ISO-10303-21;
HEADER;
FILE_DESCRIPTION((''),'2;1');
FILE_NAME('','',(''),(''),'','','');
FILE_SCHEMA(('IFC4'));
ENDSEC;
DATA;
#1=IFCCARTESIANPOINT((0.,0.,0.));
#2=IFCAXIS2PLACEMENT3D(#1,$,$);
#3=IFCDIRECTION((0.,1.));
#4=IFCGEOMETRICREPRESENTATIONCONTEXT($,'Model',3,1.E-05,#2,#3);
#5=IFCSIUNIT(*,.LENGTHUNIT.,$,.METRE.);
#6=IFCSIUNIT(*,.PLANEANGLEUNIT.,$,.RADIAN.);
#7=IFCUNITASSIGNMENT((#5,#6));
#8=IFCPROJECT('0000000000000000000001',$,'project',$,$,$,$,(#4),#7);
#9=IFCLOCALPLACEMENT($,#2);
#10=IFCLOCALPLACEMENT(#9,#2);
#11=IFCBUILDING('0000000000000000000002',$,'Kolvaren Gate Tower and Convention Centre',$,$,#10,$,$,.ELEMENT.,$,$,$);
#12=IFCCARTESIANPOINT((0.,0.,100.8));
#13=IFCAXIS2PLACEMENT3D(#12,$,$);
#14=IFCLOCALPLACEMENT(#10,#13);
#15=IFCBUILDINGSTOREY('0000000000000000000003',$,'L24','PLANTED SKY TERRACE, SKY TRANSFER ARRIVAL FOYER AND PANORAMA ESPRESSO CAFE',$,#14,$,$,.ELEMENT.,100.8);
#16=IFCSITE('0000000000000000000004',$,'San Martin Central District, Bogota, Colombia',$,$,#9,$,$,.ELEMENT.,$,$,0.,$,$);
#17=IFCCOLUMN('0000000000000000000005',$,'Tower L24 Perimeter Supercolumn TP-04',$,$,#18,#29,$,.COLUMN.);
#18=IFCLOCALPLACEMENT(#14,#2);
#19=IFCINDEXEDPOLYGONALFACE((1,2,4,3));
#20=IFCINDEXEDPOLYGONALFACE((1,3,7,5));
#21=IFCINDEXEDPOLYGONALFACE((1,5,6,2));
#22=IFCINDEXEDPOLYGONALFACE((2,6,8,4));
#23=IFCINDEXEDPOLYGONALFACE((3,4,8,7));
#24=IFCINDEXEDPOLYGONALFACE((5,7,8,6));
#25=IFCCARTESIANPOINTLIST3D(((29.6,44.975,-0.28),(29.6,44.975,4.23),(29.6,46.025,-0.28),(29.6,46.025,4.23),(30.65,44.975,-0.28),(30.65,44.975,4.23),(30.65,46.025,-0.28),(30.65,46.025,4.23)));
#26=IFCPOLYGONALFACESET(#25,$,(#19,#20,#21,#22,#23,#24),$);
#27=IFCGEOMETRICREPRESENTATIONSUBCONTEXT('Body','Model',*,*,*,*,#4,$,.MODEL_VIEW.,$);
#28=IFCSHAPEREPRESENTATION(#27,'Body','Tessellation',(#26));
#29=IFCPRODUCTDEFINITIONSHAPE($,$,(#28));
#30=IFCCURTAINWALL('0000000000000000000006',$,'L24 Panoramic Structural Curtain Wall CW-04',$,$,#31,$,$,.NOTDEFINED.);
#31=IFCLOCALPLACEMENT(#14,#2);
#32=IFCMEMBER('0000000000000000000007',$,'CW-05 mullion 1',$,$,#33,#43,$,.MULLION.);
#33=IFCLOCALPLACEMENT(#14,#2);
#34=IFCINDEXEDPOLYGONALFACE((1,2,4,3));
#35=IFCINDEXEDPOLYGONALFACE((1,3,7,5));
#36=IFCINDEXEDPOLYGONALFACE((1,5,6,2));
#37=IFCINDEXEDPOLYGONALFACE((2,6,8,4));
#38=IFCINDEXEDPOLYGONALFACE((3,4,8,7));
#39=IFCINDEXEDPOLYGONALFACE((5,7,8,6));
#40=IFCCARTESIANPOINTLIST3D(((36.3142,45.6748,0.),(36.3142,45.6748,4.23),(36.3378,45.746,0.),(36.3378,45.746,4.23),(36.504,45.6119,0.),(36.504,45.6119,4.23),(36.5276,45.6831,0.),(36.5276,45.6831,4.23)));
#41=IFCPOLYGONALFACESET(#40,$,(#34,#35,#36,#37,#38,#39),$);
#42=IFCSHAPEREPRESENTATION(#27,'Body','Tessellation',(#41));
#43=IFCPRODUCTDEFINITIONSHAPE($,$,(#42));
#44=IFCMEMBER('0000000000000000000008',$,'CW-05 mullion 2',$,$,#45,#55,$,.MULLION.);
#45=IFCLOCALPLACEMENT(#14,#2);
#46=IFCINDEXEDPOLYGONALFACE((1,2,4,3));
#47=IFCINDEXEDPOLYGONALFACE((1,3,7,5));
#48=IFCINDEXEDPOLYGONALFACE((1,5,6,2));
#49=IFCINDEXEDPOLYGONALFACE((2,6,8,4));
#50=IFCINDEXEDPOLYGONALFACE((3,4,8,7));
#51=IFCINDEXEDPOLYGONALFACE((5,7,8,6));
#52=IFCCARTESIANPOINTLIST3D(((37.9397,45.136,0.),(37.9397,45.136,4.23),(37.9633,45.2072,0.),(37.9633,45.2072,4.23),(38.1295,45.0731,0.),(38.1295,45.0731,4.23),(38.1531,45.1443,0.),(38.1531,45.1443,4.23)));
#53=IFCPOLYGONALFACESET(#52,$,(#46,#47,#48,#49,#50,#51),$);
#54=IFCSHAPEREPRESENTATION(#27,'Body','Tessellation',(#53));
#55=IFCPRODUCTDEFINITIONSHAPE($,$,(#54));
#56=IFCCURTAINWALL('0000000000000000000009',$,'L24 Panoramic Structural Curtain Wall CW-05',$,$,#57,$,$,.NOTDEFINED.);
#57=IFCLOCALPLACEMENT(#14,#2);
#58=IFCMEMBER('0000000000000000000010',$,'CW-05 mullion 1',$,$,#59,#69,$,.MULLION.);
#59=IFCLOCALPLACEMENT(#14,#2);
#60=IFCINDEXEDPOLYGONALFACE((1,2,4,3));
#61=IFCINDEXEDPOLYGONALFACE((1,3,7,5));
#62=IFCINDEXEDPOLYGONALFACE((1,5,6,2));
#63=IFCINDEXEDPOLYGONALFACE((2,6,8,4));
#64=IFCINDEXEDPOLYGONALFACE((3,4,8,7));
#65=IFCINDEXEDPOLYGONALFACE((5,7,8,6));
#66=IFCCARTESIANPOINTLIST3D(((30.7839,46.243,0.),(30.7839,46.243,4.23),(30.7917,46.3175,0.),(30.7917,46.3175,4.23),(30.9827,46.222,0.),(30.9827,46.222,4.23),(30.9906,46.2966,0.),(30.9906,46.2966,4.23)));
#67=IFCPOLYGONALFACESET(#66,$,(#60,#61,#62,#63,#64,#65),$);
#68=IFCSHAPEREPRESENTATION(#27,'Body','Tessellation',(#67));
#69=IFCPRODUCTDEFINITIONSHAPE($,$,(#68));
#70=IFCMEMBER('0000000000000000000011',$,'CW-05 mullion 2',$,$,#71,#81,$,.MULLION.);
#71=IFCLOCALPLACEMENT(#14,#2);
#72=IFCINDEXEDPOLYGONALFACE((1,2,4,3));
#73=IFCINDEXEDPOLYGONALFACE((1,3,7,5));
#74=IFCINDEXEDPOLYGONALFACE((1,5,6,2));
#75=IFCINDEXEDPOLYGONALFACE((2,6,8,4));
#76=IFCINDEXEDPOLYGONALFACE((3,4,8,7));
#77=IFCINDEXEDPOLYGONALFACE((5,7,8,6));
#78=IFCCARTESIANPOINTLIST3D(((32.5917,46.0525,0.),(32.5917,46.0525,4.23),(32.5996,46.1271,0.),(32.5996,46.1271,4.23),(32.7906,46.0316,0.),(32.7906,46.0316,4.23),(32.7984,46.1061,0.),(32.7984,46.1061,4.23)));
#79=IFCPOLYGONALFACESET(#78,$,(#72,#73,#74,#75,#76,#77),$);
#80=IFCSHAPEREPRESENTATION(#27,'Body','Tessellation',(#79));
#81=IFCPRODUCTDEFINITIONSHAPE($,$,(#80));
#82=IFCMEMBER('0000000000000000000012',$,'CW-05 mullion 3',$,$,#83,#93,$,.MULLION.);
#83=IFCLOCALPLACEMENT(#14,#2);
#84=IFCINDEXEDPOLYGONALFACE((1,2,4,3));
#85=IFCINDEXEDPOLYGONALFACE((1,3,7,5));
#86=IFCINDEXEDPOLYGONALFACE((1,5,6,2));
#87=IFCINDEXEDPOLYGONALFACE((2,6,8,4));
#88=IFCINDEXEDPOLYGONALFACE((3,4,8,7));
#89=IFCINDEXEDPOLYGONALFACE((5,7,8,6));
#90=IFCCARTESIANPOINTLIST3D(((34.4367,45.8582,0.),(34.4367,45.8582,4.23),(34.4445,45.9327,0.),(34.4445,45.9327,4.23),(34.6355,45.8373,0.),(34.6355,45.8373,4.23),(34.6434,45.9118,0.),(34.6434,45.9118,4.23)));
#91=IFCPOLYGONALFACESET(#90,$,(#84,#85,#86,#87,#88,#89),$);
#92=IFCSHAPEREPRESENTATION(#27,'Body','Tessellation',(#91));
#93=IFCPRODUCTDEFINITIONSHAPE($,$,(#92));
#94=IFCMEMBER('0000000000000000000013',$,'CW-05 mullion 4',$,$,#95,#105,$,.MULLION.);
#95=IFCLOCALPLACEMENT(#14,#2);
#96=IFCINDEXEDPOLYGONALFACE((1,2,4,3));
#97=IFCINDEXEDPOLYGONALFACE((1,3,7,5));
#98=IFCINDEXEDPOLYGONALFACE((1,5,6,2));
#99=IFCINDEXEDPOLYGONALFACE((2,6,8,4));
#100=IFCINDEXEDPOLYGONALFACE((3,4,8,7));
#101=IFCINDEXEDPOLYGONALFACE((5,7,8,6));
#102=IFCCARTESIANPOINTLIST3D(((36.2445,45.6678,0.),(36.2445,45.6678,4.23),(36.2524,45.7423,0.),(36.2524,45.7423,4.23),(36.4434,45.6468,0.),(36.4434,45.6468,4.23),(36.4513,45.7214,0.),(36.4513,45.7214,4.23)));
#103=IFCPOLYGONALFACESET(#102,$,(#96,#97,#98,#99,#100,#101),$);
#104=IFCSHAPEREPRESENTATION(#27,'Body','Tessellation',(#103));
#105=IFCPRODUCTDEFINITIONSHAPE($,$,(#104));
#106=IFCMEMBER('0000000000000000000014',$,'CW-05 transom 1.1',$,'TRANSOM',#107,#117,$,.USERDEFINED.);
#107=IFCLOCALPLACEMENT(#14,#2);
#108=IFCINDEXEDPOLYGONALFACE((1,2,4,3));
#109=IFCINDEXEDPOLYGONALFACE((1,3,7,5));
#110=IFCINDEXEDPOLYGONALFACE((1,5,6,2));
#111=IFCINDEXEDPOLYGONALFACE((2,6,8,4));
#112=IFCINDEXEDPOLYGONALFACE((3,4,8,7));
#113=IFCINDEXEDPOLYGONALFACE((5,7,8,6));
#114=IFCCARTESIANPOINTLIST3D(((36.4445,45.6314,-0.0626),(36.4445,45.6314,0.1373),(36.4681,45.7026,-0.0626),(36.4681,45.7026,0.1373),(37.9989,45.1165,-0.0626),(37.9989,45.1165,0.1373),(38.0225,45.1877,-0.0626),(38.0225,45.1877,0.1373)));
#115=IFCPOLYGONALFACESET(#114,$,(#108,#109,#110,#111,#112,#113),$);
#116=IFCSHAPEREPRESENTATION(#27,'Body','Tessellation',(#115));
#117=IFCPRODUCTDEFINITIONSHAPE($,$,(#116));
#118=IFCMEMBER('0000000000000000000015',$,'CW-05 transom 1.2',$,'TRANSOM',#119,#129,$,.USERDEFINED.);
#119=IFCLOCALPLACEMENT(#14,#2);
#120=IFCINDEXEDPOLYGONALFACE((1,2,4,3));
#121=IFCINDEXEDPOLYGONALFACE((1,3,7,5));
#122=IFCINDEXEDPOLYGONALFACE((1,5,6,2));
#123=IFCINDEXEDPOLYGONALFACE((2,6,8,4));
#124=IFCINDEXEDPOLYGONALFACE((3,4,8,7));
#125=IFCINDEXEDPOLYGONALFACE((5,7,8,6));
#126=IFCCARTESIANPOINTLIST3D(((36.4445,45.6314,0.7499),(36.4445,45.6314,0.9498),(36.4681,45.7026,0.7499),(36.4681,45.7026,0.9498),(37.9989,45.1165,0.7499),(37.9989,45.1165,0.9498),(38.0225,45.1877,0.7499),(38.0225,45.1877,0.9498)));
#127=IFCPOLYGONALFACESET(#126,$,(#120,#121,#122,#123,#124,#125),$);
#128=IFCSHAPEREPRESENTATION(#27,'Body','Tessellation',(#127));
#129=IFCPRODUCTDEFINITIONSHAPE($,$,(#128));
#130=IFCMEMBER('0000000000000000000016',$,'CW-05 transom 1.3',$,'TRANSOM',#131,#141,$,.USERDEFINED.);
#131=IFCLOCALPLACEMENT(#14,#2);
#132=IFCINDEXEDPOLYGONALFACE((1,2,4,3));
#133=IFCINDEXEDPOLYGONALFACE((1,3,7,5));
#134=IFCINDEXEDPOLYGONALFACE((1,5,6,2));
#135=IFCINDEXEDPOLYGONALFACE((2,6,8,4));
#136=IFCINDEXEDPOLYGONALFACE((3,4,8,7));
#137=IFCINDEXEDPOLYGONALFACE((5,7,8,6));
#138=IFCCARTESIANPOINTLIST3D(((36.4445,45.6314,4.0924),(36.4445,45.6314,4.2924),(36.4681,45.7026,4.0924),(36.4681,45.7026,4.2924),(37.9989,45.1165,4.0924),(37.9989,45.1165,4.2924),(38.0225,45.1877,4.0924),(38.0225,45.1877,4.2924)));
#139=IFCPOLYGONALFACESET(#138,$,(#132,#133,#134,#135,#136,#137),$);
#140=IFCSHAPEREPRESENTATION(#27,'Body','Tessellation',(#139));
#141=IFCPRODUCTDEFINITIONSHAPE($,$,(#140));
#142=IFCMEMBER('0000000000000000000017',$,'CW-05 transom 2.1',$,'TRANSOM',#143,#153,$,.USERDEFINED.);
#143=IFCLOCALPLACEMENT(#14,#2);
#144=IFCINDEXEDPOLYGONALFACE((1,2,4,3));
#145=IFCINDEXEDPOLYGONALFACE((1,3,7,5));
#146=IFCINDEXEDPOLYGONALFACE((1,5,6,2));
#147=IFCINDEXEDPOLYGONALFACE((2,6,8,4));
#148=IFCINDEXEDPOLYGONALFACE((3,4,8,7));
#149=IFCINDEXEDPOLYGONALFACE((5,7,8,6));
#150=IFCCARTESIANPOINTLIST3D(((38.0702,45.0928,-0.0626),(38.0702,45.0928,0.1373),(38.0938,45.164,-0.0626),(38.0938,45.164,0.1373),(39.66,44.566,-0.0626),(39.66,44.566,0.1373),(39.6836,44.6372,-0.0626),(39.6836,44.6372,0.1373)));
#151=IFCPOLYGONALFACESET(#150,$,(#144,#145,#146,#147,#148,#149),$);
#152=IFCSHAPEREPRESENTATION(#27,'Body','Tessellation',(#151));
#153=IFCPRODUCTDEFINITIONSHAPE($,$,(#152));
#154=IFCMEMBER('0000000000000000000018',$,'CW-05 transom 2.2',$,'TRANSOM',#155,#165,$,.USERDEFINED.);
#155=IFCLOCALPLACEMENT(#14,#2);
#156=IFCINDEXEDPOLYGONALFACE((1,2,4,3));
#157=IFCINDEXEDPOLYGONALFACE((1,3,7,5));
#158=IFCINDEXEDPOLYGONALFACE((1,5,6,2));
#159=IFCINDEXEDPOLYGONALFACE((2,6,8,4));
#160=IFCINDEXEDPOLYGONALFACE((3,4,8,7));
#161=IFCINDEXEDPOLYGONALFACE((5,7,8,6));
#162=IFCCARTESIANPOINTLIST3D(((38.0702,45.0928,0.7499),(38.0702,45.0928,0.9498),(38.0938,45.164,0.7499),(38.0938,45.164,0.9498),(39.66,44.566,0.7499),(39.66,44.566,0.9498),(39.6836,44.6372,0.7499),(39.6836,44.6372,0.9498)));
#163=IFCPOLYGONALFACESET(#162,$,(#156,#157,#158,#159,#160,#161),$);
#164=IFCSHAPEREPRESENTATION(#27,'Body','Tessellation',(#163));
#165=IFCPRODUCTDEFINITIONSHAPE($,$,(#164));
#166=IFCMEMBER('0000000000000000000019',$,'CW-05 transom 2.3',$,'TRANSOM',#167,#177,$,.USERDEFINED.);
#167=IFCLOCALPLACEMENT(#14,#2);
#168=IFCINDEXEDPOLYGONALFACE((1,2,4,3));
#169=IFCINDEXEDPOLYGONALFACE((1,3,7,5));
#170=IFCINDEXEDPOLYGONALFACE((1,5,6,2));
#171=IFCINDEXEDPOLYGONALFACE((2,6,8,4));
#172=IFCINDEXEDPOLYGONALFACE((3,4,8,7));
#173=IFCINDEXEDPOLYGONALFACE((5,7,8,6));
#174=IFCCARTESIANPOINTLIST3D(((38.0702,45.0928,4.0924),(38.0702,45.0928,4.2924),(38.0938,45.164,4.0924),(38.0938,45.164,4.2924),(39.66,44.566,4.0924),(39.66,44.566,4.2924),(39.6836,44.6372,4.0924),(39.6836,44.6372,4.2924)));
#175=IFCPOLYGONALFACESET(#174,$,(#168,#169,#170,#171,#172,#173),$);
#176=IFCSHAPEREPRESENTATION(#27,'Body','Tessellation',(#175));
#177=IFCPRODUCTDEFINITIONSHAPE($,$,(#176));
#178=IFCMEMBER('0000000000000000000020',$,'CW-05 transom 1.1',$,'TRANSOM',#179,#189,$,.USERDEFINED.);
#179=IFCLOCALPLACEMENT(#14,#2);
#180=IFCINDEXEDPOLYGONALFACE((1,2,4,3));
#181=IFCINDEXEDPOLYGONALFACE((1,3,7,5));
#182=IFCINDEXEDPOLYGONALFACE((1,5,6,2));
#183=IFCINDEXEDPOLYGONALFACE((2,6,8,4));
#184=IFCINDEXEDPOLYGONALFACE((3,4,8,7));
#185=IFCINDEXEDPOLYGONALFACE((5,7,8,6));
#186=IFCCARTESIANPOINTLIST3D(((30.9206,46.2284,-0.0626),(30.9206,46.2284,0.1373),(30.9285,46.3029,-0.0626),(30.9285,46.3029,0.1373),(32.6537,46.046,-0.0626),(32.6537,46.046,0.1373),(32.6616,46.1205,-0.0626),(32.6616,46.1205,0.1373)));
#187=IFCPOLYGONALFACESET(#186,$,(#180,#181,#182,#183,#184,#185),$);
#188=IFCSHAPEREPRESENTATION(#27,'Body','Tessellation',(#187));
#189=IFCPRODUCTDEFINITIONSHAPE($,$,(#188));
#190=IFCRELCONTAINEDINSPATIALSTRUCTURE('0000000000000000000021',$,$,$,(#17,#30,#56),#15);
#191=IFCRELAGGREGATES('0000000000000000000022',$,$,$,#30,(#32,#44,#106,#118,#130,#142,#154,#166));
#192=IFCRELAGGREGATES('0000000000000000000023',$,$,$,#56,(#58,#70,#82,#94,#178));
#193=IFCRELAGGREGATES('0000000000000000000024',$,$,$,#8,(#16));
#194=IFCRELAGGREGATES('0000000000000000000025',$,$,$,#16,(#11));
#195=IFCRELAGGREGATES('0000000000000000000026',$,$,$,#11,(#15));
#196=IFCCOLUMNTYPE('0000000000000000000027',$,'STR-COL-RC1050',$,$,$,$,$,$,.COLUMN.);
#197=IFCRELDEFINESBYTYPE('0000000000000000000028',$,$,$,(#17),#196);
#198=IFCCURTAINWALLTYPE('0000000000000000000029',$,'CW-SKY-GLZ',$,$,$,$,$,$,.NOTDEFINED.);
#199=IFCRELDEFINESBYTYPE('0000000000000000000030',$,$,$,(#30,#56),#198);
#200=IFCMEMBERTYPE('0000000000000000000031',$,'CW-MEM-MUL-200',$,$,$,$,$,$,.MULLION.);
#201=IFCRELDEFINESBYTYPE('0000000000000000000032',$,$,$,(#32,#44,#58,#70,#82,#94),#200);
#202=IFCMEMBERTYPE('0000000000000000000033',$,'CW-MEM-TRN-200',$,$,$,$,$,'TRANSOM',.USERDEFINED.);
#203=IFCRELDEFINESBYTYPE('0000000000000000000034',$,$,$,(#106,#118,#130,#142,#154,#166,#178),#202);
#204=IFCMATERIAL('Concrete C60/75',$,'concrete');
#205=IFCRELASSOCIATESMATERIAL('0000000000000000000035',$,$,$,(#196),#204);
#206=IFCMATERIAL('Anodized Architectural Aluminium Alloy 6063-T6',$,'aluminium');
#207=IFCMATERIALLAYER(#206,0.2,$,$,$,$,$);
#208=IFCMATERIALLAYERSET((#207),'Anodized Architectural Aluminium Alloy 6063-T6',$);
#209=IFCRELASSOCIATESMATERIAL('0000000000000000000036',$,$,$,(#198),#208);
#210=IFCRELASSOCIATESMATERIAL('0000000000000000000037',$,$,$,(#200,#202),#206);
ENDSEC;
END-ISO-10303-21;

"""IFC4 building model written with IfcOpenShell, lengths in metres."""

from ifc_helpers import new_model, si_unit, direction, frame, origin, origin_2d, place, context, subcontext, project, spatial, rectangle, extrude, material, layer, layer_set, material_profile, profile_set, type_object, element, aggregate, save


model = new_model("IFC4")

# Units and contexts
model_context = context("Model", 3, precision=1e-05, world=origin(), true_north=direction((0.0, 1.0)))
body_context = subcontext(model_context, "Body", "Model", "MODEL_VIEW")
ifc_project = project(units=[si_unit("LENGTHUNIT", "METRE"), si_unit("PLANEANGLEUNIT", "RADIAN")], contexts=[model_context])

# Site, building, storey
site_placement = place(None, origin())
site = spatial("IfcSite", under=ifc_project, at=site_placement, Name="San Martin Central District, Bogota, Colombia", CompositionType="ELEMENT", RefElevation=0.0)
building_placement = place(site_placement, origin())
building = spatial("IfcBuilding", under=site, at=building_placement, Name="Kolvaren Gate Tower and Convention Centre", CompositionType="ELEMENT")
storey_placement = place(building_placement, frame((0.0, 0.0, 100.8)))
storey = spatial("IfcBuildingStorey", under=building, at=storey_placement, Name="L24", Description="PLANTED SKY TERRACE, SKY TRANSFER ARRIVAL FOYER AND PANORAMA ESPRESSO CAFE", CompositionType="ELEMENT", Elevation=100.8)

# Column
ifc_material_1 = material(Name="Concrete C60/75", Category="concrete")
ifc_material_profile_1 = material_profile(ifc_material_1, rectangle(XDim=1.05, YDim=1.05, at=origin_2d()), Name="RC-COL-1050X1050")
ifc_profile_set_1 = profile_set([ifc_material_profile_1], Name="Concrete C60/75")
column_type = type_object("IfcColumnType", Name="STR-COL-RC1050", PredefinedType="COLUMN", material=ifc_profile_set_1)
column_placement = place(storey_placement, frame((30.125, 45.5, -0.28), z_axis=(0.0, 0.0, 1.0), x_axis=(1.0, 0.0, 0.0)))
element("IfcColumn", 1, at=column_placement, inside=storey, type_object=column_type, Name="Tower L24 Perimeter Supercolumn TP-04", PredefinedType="COLUMN", context=body_context, shape_type="SweptSolid", body=[
    extrude(rectangle(XDim=1.05, YDim=1.05, at=origin_2d()), origin(), (0.0, 0.0, 1.0), 4.51),
])

# Curtain walls, members
ifc_material_2 = material(Name="Anodized Architectural Aluminium Alloy 6063-T6", Category="aluminium")
ifc_layer_1 = layer(ifc_material_2, 0.2)
ifc_layer_set_1 = layer_set([ifc_layer_1], Name="Anodized Architectural Aluminium Alloy 6063-T6")
curtain_wall_type = type_object("IfcCurtainWallType", Name="CW-SKY-GLZ", PredefinedType="NOTDEFINED", material=ifc_layer_set_1)
curtain_wall_1_placement = place(storey_placement, origin())
curtain_wall_1 = element("IfcCurtainWall", 2, at=curtain_wall_1_placement, inside=storey, type_object=curtain_wall_type, Name="L24 Panoramic Structural Curtain Wall CW-04", PredefinedType="NOTDEFINED")
ifc_material_profile_2 = material_profile(ifc_material_2, rectangle(XDim=0.075, YDim=0.2, at=origin_2d()), Name="CW-MEM-MUL-200")
ifc_profile_set_2 = profile_set([ifc_material_profile_2], Name="Anodized Architectural Aluminium Alloy 6063-T6")
member_type_1 = type_object("IfcMemberType", Name="CW-MEM-MUL-200", PredefinedType="MULLION", material=ifc_profile_set_2)
member_1_placement = place(storey_placement, frame((36.4209, 45.679, 0.0), z_axis=(0.0, 0.0, 1.0), x_axis=(0.314553, 0.94924, 0.0)))
member_1 = element("IfcMember", 3, at=member_1_placement, type_object=member_type_1, Name="CW-05 mullion 1", PredefinedType="MULLION", context=body_context, shape_type="SweptSolid", body=[
    extrude(rectangle(XDim=0.075, YDim=0.2, at=origin_2d()), origin(), (0.0, 0.0, 1.0), 4.23),
])
member_2_placement = place(storey_placement, frame((38.0464, 45.1401, 0.0), z_axis=(0.0, 0.0, 1.0), x_axis=(0.314553, 0.94924, 0.0)))
member_2 = element("IfcMember", 4, at=member_2_placement, type_object=member_type_1, Name="CW-05 mullion 2", PredefinedType="MULLION", context=body_context, shape_type="SweptSolid", body=[
    extrude(rectangle(XDim=0.075, YDim=0.2, at=origin_2d()), origin(), (0.0, 0.0, 1.0), 4.23),
])
curtain_wall_2_placement = place(storey_placement, origin())
curtain_wall_2 = element("IfcCurtainWall", 5, at=curtain_wall_2_placement, inside=storey, type_object=curtain_wall_type, Name="L24 Panoramic Structural Curtain Wall CW-05", PredefinedType="NOTDEFINED")
member_3_placement = place(storey_placement, frame((30.8872, 46.2698, 0.0), z_axis=(0.0, 0.0, 1.0), x_axis=(0.104729, 0.994501, 0.0)))
member_3 = element("IfcMember", 6, at=member_3_placement, type_object=member_type_1, Name="CW-05 mullion 1", PredefinedType="MULLION", context=body_context, shape_type="SweptSolid", body=[
    extrude(rectangle(XDim=0.075, YDim=0.2, at=origin_2d()), origin(), (0.0, 0.0, 1.0), 4.23),
])
member_4_placement = place(storey_placement, frame((32.6951, 46.0793, 0.0), z_axis=(0.0, 0.0, 1.0), x_axis=(0.104729, 0.994501, 0.0)))
member_4 = element("IfcMember", 7, at=member_4_placement, type_object=member_type_1, Name="CW-05 mullion 2", PredefinedType="MULLION", context=body_context, shape_type="SweptSolid", body=[
    extrude(rectangle(XDim=0.075, YDim=0.2, at=origin_2d()), origin(), (0.0, 0.0, 1.0), 4.23),
])
member_5_placement = place(storey_placement, frame((34.54, 45.885, 0.0), z_axis=(0.0, 0.0, 1.0), x_axis=(0.104729, 0.994501, 0.0)))
member_5 = element("IfcMember", 8, at=member_5_placement, type_object=member_type_1, Name="CW-05 mullion 3", PredefinedType="MULLION", context=body_context, shape_type="SweptSolid", body=[
    extrude(rectangle(XDim=0.075, YDim=0.2, at=origin_2d()), origin(), (0.0, 0.0, 1.0), 4.23),
])
member_6_placement = place(storey_placement, frame((36.3479, 45.6946, 0.0), z_axis=(0.0, 0.0, 1.0), x_axis=(0.104729, 0.994501, 0.0)))
member_6 = element("IfcMember", 9, at=member_6_placement, type_object=member_type_1, Name="CW-05 mullion 4", PredefinedType="MULLION", context=body_context, shape_type="SweptSolid", body=[
    extrude(rectangle(XDim=0.075, YDim=0.2, at=origin_2d()), origin(), (0.0, 0.0, 1.0), 4.23),
])

# Members
ifc_material_profile_3 = material_profile(ifc_material_2, rectangle(XDim=0.075, YDim=0.2, at=origin_2d()), Name="CW-MEM-TRN-200")
ifc_profile_set_3 = profile_set([ifc_material_profile_3], Name="Anodized Architectural Aluminium Alloy 6063-T6")
member_type_2 = type_object("IfcMemberType", Name="CW-MEM-TRN-200", ElementType="TRANSOM", PredefinedType="USERDEFINED", material=ifc_profile_set_3)
member_7_placement = place(storey_placement, frame((36.4563, 45.667, 0.0374), z_axis=(0.949278, -0.314438, 0.0), x_axis=(0.314438, 0.949278, 0.0)))
member_7 = element("IfcMember", 10, at=member_7_placement, type_object=member_type_2, Name="CW-05 transom 1.1", ObjectType="TRANSOM", PredefinedType="USERDEFINED", context=body_context, shape_type="SweptSolid", body=[
    extrude(rectangle(XDim=0.075, YDim=0.2, at=origin_2d()), origin(), (0.0, 0.0, 1.0), 1.6375),
])
member_8_placement = place(storey_placement, frame((36.4563, 45.667, 0.8499), z_axis=(0.949278, -0.314438, 0.0), x_axis=(0.314438, 0.949278, 0.0)))
member_8 = element("IfcMember", 11, at=member_8_placement, type_object=member_type_2, Name="CW-05 transom 1.2", ObjectType="TRANSOM", PredefinedType="USERDEFINED", context=body_context, shape_type="SweptSolid", body=[
    extrude(rectangle(XDim=0.075, YDim=0.2, at=origin_2d()), origin(), (0.0, 0.0, 1.0), 1.6375),
])
member_9_placement = place(storey_placement, frame((36.4563, 45.667, 4.1924), z_axis=(0.949278, -0.314438, 0.0), x_axis=(0.314438, 0.949278, 0.0)))
member_9 = element("IfcMember", 12, at=member_9_placement, type_object=member_type_2, Name="CW-05 transom 1.3", ObjectType="TRANSOM", PredefinedType="USERDEFINED", context=body_context, shape_type="SweptSolid", body=[
    extrude(rectangle(XDim=0.075, YDim=0.2, at=origin_2d()), origin(), (0.0, 0.0, 1.0), 1.6375),
])
member_10_placement = place(storey_placement, frame((38.082, 45.1284, 0.0374), z_axis=(0.949236, -0.314566, 0.0), x_axis=(0.314566, 0.949236, 0.0)))
member_10 = element("IfcMember", 13, at=member_10_placement, type_object=member_type_2, Name="CW-05 transom 2.1", ObjectType="TRANSOM", PredefinedType="USERDEFINED", context=body_context, shape_type="SweptSolid", body=[
    extrude(rectangle(XDim=0.075, YDim=0.2, at=origin_2d()), origin(), (0.0, 0.0, 1.0), 1.6748),
])
member_11_placement = place(storey_placement, frame((38.082, 45.1284, 0.8499), z_axis=(0.949236, -0.314566, 0.0), x_axis=(0.314566, 0.949236, 0.0)))
member_11 = element("IfcMember", 14, at=member_11_placement, type_object=member_type_2, Name="CW-05 transom 2.2", ObjectType="TRANSOM", PredefinedType="USERDEFINED", context=body_context, shape_type="SweptSolid", body=[
    extrude(rectangle(XDim=0.075, YDim=0.2, at=origin_2d()), origin(), (0.0, 0.0, 1.0), 1.6748),
])
member_12_placement = place(storey_placement, frame((38.082, 45.1284, 4.1924), z_axis=(0.949236, -0.314566, 0.0), x_axis=(0.314566, 0.949236, 0.0)))
member_12 = element("IfcMember", 15, at=member_12_placement, type_object=member_type_2, Name="CW-05 transom 2.3", ObjectType="TRANSOM", PredefinedType="USERDEFINED", context=body_context, shape_type="SweptSolid", body=[
    extrude(rectangle(XDim=0.075, YDim=0.2, at=origin_2d()), origin(), (0.0, 0.0, 1.0), 1.6748),
])
member_13_placement = place(storey_placement, frame((30.9246, 46.2656, 0.0374), z_axis=(0.994509, -0.104648, 0.0), x_axis=(0.104648, 0.994509, 0.0)))
member_13 = element("IfcMember", 16, at=member_13_placement, type_object=member_type_2, Name="CW-05 transom 1.1", ObjectType="TRANSOM", PredefinedType="USERDEFINED", context=body_context, shape_type="SweptSolid", body=[
    extrude(rectangle(XDim=0.075, YDim=0.2, at=origin_2d()), origin(), (0.0, 0.0, 1.0), 1.7427),
])

aggregate(curtain_wall_1, [member_1, member_2, member_7, member_8, member_9, member_10, member_11, member_12])
aggregate(curtain_wall_2, [member_3, member_4, member_5, member_6, member_13])

save(model, "model.ifc")
